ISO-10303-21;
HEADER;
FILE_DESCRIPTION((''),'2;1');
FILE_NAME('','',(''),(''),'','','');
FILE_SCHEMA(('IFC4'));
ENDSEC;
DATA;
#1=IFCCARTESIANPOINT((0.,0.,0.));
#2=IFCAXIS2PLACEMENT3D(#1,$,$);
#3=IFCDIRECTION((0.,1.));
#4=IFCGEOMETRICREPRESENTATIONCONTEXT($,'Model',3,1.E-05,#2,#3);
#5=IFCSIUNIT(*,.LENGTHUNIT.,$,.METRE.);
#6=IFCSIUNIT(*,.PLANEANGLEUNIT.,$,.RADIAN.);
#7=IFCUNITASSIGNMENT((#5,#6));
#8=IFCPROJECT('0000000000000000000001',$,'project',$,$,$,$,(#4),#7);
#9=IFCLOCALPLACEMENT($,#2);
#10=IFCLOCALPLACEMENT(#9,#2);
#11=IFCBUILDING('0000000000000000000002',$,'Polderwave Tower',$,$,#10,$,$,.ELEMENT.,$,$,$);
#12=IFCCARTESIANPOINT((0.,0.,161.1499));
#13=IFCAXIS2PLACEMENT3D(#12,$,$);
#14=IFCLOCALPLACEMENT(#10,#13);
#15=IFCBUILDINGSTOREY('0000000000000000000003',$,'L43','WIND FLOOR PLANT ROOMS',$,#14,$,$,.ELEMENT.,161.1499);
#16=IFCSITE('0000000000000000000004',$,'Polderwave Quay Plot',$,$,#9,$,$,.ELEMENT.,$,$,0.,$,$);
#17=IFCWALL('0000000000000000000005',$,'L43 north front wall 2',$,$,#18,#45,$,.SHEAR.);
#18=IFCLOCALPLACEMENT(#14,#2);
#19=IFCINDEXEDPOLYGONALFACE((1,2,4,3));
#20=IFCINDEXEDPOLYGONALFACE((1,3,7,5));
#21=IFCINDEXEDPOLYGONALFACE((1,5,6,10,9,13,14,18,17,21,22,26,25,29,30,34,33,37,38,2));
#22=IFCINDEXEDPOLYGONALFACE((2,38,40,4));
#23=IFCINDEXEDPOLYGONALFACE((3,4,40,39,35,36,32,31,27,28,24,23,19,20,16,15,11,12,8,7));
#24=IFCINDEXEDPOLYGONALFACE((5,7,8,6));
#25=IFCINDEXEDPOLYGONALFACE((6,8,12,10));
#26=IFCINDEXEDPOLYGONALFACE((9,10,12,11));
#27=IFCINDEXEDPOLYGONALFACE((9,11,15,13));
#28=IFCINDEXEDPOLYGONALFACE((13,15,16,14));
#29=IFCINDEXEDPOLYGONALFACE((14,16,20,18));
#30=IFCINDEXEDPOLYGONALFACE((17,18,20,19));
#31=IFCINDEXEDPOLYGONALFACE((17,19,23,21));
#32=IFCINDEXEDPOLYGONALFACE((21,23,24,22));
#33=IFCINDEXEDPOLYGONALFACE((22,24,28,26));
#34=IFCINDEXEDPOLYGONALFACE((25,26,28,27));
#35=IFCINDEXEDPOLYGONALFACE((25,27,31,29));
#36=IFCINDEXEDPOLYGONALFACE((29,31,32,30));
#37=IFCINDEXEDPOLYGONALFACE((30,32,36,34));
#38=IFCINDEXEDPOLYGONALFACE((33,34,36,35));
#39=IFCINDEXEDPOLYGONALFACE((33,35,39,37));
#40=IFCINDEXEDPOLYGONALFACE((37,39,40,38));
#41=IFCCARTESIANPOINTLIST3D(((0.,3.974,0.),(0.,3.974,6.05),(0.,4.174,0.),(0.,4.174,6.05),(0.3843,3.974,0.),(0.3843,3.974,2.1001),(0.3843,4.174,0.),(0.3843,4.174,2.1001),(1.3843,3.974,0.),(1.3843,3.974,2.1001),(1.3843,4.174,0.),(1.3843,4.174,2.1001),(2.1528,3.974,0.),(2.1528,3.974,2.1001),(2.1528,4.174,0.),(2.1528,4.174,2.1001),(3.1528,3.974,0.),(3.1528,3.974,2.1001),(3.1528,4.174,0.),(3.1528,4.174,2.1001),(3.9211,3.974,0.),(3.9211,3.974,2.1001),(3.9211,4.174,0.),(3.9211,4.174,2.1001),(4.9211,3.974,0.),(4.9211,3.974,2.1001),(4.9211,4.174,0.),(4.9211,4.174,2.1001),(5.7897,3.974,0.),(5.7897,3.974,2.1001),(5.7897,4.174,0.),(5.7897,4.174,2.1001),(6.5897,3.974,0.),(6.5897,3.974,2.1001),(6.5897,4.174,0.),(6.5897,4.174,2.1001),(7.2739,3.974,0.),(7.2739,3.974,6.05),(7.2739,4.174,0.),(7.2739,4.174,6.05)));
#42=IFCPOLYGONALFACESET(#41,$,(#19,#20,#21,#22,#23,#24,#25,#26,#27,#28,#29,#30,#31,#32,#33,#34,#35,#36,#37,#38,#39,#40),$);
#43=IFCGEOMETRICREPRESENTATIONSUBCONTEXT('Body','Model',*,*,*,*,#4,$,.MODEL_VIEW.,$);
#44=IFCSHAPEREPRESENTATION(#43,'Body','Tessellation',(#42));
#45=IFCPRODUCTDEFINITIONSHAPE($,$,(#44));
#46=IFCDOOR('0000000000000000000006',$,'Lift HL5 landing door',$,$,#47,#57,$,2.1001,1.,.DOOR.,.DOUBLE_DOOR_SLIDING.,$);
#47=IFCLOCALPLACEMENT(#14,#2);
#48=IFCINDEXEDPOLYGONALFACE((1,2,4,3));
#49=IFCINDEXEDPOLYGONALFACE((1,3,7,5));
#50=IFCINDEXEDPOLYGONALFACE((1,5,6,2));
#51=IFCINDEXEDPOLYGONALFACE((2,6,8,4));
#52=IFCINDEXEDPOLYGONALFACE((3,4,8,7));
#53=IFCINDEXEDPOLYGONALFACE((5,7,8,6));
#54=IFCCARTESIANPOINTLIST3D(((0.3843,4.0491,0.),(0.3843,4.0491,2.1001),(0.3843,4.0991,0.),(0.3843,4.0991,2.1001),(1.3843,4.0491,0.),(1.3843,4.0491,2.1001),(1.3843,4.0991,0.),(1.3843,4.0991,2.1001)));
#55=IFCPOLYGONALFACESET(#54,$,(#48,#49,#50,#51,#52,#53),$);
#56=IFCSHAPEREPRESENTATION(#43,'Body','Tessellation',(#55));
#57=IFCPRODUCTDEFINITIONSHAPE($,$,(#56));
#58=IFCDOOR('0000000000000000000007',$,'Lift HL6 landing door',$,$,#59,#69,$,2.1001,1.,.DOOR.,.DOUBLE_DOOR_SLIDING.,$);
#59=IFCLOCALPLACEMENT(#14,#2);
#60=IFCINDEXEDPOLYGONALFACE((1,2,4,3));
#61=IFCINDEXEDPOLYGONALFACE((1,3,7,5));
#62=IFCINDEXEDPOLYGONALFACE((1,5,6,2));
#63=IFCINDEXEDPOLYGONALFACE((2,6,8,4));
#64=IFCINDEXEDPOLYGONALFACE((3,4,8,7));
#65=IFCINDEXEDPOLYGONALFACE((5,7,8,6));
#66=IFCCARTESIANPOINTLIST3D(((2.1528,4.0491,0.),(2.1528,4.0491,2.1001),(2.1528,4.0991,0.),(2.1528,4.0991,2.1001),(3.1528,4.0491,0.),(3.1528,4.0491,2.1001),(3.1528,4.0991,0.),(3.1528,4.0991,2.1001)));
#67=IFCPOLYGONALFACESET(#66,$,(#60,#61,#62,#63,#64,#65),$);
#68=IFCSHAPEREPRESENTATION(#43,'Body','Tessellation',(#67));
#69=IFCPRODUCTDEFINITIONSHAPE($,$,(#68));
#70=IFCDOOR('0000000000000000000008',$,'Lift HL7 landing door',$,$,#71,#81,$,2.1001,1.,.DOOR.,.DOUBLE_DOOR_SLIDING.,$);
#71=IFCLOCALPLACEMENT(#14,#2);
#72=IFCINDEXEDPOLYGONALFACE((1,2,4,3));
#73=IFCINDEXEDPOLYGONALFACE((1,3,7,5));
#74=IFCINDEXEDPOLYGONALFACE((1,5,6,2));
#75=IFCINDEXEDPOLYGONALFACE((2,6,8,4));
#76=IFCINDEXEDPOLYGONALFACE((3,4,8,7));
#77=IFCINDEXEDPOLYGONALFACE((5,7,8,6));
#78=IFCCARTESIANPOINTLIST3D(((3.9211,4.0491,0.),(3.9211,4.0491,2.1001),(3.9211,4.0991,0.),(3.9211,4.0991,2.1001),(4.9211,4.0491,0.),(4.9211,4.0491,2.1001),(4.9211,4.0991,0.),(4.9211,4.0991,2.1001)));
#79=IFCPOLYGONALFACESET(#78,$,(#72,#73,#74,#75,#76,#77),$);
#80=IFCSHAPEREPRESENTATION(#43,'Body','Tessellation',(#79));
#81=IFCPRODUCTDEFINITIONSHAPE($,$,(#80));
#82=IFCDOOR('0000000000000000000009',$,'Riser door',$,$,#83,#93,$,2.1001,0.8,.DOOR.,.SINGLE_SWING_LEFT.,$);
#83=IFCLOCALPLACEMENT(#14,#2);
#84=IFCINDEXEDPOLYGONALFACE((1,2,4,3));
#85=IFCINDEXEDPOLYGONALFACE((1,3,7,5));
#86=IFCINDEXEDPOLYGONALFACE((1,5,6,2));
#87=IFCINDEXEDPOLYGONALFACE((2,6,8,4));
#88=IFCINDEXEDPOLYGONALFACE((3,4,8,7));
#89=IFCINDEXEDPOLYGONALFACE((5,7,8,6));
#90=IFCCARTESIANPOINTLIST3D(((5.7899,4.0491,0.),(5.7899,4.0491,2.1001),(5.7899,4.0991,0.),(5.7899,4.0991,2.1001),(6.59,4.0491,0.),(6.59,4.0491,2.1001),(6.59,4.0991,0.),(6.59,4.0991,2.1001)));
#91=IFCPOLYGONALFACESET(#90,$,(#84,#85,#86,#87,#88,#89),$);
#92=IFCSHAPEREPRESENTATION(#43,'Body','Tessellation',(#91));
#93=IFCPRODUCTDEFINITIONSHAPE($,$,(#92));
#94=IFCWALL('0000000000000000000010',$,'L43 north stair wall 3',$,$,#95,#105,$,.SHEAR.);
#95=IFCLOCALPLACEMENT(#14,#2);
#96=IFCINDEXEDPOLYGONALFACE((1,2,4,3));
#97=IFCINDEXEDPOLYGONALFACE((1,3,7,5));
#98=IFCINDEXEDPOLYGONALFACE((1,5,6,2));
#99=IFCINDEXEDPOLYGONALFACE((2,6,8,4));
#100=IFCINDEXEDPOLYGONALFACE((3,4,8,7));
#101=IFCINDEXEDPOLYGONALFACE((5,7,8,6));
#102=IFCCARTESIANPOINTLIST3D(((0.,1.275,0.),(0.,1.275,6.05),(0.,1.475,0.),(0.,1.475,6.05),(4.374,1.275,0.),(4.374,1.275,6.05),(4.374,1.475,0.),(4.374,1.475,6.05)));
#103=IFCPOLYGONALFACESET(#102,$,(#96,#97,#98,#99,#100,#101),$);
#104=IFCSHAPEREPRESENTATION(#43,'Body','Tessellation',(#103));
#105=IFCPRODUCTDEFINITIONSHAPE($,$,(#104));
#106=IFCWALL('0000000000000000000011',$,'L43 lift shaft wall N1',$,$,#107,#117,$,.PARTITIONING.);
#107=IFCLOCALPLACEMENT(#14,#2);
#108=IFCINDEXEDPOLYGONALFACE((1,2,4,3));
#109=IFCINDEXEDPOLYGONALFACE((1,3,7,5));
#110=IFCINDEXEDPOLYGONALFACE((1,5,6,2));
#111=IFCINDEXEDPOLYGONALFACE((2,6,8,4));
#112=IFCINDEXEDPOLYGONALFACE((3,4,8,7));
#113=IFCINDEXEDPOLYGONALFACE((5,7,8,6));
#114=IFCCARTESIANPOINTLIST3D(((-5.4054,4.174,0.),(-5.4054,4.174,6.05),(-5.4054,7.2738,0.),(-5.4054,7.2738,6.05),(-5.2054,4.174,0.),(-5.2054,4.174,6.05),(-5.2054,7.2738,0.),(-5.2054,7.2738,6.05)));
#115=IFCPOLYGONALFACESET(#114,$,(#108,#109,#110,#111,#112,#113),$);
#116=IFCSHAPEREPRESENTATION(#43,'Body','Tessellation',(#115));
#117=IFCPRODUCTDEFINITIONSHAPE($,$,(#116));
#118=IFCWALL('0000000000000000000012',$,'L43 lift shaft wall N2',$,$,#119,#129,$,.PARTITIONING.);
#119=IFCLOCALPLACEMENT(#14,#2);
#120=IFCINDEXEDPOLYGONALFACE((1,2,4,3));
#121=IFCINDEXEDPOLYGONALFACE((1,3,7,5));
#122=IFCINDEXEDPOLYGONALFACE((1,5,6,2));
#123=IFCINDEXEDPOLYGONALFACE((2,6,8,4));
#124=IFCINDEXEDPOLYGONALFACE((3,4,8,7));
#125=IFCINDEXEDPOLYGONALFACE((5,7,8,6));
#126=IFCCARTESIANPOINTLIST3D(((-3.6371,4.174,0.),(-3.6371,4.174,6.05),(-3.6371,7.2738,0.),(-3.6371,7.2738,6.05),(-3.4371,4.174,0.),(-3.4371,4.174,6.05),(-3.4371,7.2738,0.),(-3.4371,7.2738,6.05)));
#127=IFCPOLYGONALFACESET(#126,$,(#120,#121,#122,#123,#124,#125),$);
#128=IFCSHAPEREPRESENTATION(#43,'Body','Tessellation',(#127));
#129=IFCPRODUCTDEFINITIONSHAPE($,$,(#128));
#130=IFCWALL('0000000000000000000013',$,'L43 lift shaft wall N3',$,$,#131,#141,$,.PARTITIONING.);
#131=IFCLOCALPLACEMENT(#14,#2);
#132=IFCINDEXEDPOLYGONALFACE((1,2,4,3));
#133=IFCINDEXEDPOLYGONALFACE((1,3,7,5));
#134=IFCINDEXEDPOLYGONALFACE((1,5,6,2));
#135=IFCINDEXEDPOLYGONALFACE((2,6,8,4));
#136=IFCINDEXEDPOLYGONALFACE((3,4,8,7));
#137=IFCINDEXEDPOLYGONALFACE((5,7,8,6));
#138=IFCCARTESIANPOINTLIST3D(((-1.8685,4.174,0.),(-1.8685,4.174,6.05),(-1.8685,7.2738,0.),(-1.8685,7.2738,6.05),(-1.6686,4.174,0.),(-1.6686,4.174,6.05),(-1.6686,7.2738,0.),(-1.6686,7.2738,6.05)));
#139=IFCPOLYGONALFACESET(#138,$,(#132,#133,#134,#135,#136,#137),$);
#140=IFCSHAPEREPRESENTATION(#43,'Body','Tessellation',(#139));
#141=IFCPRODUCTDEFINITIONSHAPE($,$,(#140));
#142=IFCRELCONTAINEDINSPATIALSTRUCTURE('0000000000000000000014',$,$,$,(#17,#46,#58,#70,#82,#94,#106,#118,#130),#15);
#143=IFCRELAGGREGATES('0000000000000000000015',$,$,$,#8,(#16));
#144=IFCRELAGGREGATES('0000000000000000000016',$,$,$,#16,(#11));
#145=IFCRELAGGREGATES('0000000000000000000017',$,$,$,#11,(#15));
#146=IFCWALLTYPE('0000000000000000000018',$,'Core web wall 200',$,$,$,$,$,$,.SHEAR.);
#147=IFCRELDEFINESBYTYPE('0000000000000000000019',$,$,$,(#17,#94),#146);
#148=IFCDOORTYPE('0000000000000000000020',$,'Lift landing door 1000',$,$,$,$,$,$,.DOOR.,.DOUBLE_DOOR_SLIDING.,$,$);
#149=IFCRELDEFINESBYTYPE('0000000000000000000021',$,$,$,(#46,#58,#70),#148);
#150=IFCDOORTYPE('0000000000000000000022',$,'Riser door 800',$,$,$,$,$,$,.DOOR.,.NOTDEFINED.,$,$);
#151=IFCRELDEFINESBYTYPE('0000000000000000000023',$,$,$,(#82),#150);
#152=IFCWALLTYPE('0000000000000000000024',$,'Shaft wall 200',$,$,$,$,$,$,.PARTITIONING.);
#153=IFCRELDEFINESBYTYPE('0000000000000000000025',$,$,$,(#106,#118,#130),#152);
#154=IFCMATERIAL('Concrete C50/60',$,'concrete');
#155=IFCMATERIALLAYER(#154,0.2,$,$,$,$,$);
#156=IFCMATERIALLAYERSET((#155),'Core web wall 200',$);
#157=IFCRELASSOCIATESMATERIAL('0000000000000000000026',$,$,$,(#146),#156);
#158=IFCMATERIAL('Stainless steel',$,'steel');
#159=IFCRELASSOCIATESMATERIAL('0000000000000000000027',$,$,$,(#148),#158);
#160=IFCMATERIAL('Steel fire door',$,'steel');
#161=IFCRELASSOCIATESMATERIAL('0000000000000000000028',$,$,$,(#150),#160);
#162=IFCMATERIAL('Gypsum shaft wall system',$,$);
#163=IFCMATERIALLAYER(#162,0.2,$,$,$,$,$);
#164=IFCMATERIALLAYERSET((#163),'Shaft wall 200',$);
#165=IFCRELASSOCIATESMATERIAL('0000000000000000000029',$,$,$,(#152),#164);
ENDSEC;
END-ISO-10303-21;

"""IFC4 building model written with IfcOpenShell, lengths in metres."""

from ifc_helpers import new_model, si_unit, direction, frame, frame_2d, origin, place, context, subcontext, project, spatial, rectangle, extrude, material, layer, layer_set, type_object, element, fill, save


model = new_model("IFC4")

# Units and contexts
model_context = context("Model", 3, precision=1e-05, world=origin(), true_north=direction((0.0, 1.0)))
body_context = subcontext(model_context, "Body", "Model", "MODEL_VIEW")
ifc_project = project(units=[si_unit("LENGTHUNIT", "METRE"), si_unit("PLANEANGLEUNIT", "RADIAN")], contexts=[model_context])

# Site, building, storey
site_placement = place(None, origin())
site = spatial("IfcSite", under=ifc_project, at=site_placement, Name="Polderwave Quay Plot", CompositionType="ELEMENT", RefElevation=0.0)
building_placement = place(site_placement, origin())
building = spatial("IfcBuilding", under=site, at=building_placement, Name="Polderwave Tower", CompositionType="ELEMENT")
storey_placement = place(building_placement, frame((0.0, 0.0, 161.1499)))
storey = spatial("IfcBuildingStorey", under=building, at=storey_placement, Name="L43", Description="WIND FLOOR PLANT ROOMS", CompositionType="ELEMENT", Elevation=161.1499)

# Wall, openings, doors
ifc_material_1 = material(Name="Concrete C50/60", Category="concrete")
ifc_layer_1 = layer(ifc_material_1, 0.2)
ifc_layer_set_1 = layer_set([ifc_layer_1], Name="Core web wall 200")
wall_type_1 = type_object("IfcWallType", Name="Core web wall 200", PredefinedType="SHEAR", material=ifc_layer_set_1)
ifc_material_2 = material(Name="Stainless steel", Category="steel")
door_type_1 = type_object("IfcDoorType", Name="Lift landing door 1000", OperationType="DOUBLE_DOOR_SLIDING", PredefinedType="DOOR", material=ifc_material_2)
wall_1_placement = place(storey_placement, frame((0.0, 4.074, 0.0), z_axis=(0.0, 0.0, 1.0), x_axis=(1.0, 0.0, 0.0)))
wall_1 = element("IfcWall", 1, at=wall_1_placement, inside=storey, type_object=wall_type_1, Name="L43 north front wall 2", PredefinedType="SHEAR", context=body_context, shape_type="SweptSolid", body=[
    extrude(rectangle(XDim=7.2739, YDim=0.2, at=frame_2d((3.637, 0.0))), origin(), (0.0, 0.0, 1.0), 6.05),
])
opening_1_placement = place(wall_1_placement, frame((0.3843, 0.0, 0.0)))
opening_1 = element("IfcOpeningElement", 2, at=opening_1_placement, cuts=wall_1, PredefinedType="OPENING", context=body_context, shape_type="SweptSolid", body=[
    extrude(rectangle(XDim=1.0, YDim=2.1001, at=frame_2d((0.5, 1.05))), frame((0.0, 0.1099, 0.0), z_axis=(0.0, -1.0, 0.0), x_axis=(1.0, 0.0, 0.0)), (0.0, 0.0, 1.0), 0.22),
])
opening_2_placement = place(wall_1_placement, frame((2.1528, 0.0, 0.0)))
opening_2 = element("IfcOpeningElement", 3, at=opening_2_placement, cuts=wall_1, PredefinedType="OPENING", context=body_context, shape_type="SweptSolid", body=[
    extrude(rectangle(XDim=1.0, YDim=2.1001, at=frame_2d((0.5, 1.05))), frame((0.0, 0.1099, 0.0), z_axis=(0.0, -1.0, 0.0), x_axis=(1.0, 0.0, 0.0)), (0.0, 0.0, 1.0), 0.22),
])
opening_3_placement = place(wall_1_placement, frame((3.9211, 0.0, 0.0)))
opening_3 = element("IfcOpeningElement", 4, at=opening_3_placement, cuts=wall_1, PredefinedType="OPENING", context=body_context, shape_type="SweptSolid", body=[
    extrude(rectangle(XDim=1.0, YDim=2.1001, at=frame_2d((0.5, 1.05))), frame((0.0, 0.1099, 0.0), z_axis=(0.0, -1.0, 0.0), x_axis=(1.0, 0.0, 0.0)), (0.0, 0.0, 1.0), 0.22),
])
opening_4_placement = place(wall_1_placement, frame((5.7898, 0.0, 0.0)))
opening_4 = element("IfcOpeningElement", 5, at=opening_4_placement, cuts=wall_1, PredefinedType="OPENING", context=body_context, shape_type="SweptSolid", body=[
    extrude(rectangle(XDim=0.8, YDim=2.1001, at=frame_2d((0.3999, 1.05))), frame((0.0, 0.1099, 0.0), z_axis=(0.0, -1.0, 0.0), x_axis=(1.0, 0.0, 0.0)), (0.0, 0.0, 1.0), 0.22),
])
door_1_placement = place(opening_1_placement, frame((1.0, 0.0, 0.0), z_axis=(0.0, 0.0, 1.0), x_axis=(-1.0, 0.0, 0.0)))
door_1 = element("IfcDoor", 6, at=door_1_placement, inside=storey, type_object=door_type_1, Name="Lift HL5 landing door", OperationType="DOUBLE_DOOR_SLIDING", OverallHeight=2.1001, OverallWidth=1.0, PredefinedType="DOOR", context=body_context, shape_type="SweptSolid", body=[
    extrude(rectangle(XDim=1.0, YDim=2.1001, at=frame_2d((0.5, 1.05))), frame((0.0, 0.0249, 0.0), z_axis=(0.0, -1.0, 0.0), x_axis=(1.0, 0.0, 0.0)), (0.0, 0.0, 1.0), 0.05),
])
fill(opening_1, door_1)
door_2_placement = place(opening_2_placement, frame((1.0, 0.0, 0.0), z_axis=(0.0, 0.0, 1.0), x_axis=(-1.0, 0.0, 0.0)))
door_2 = element("IfcDoor", 7, at=door_2_placement, inside=storey, type_object=door_type_1, Name="Lift HL6 landing door", OperationType="DOUBLE_DOOR_SLIDING", OverallHeight=2.1001, OverallWidth=1.0, PredefinedType="DOOR", context=body_context, shape_type="SweptSolid", body=[
    extrude(rectangle(XDim=1.0, YDim=2.1001, at=frame_2d((0.5, 1.05))), frame((0.0, 0.0249, 0.0), z_axis=(0.0, -1.0, 0.0), x_axis=(1.0, 0.0, 0.0)), (0.0, 0.0, 1.0), 0.05),
])
fill(opening_2, door_2)
door_3_placement = place(opening_3_placement, frame((1.0, 0.0, 0.0), z_axis=(0.0, 0.0, 1.0), x_axis=(-1.0, 0.0, 0.0)))
door_3 = element("IfcDoor", 8, at=door_3_placement, inside=storey, type_object=door_type_1, Name="Lift HL7 landing door", OperationType="DOUBLE_DOOR_SLIDING", OverallHeight=2.1001, OverallWidth=1.0, PredefinedType="DOOR", context=body_context, shape_type="SweptSolid", body=[
    extrude(rectangle(XDim=1.0, YDim=2.1001, at=frame_2d((0.5, 1.05))), frame((0.0, 0.0249, 0.0), z_axis=(0.0, -1.0, 0.0), x_axis=(1.0, 0.0, 0.0)), (0.0, 0.0, 1.0), 0.05),
])
fill(opening_3, door_3)
ifc_material_3 = material(Name="Steel fire door", Category="steel")
door_type_2 = type_object("IfcDoorType", Name="Riser door 800", OperationType="NOTDEFINED", PredefinedType="DOOR", material=ifc_material_3)
door_4_placement = place(opening_4_placement, frame((0.8, 0.0, 0.0), z_axis=(0.0, 0.0, 1.0), x_axis=(-1.0, 0.0, 0.0)))
door_4 = element("IfcDoor", 9, at=door_4_placement, inside=storey, type_object=door_type_2, Name="Riser door", OperationType="SINGLE_SWING_LEFT", OverallHeight=2.1001, OverallWidth=0.8, PredefinedType="DOOR", context=body_context, shape_type="SweptSolid", body=[
    extrude(rectangle(XDim=0.8, YDim=2.1001, at=frame_2d((0.3999, 1.05))), frame((0.0, 0.0249, 0.0), z_axis=(0.0, -1.0, 0.0), x_axis=(1.0, 0.0, 0.0)), (0.0, 0.0, 1.0), 0.05),
])
fill(opening_4, door_4)

# Walls
wall_2_placement = place(storey_placement, frame((0.0, 1.375, 0.0), z_axis=(0.0, 0.0, 1.0), x_axis=(1.0, 0.0, 0.0)))
element("IfcWall", 10, at=wall_2_placement, inside=storey, type_object=wall_type_1, Name="L43 north stair wall 3", PredefinedType="SHEAR", context=body_context, shape_type="SweptSolid", body=[
    extrude(rectangle(XDim=4.374, YDim=0.2, at=frame_2d((2.187, 0.0))), origin(), (0.0, 0.0, 1.0), 6.05),
])
ifc_material_4 = material(Name="Gypsum shaft wall system")
ifc_layer_2 = layer(ifc_material_4, 0.2)
ifc_layer_set_2 = layer_set([ifc_layer_2], Name="Shaft wall 200")
wall_type_2 = type_object("IfcWallType", Name="Shaft wall 200", PredefinedType="PARTITIONING", material=ifc_layer_set_2)
for number, where, z_axis, x_axis, name in (
    (11, (-5.3054, 4.1741, 0.0), (0.0, 0.0, 1.0), (0.0, 1.0, 0.0), "L43 lift shaft wall N1"),
    (12, (-3.5371, 4.1741, 0.0), (0.0, 0.0, 1.0), (0.0, 1.0, 0.0), "L43 lift shaft wall N2"),
    (13, (-1.7686, 4.1741, 0.0), (0.0, 0.0, 1.0), (0.0, 1.0, 0.0), "L43 lift shaft wall N3"),
):
    element("IfcWall", number, at=place(storey_placement, frame(where, z_axis=z_axis, x_axis=x_axis)), inside=storey, type_object=wall_type_2, Name=name, PredefinedType="PARTITIONING", context=body_context, shape_type="SweptSolid", body=[
        extrude(rectangle(XDim=3.0999, YDim=0.2, at=frame_2d((1.5498, 0.0))), origin(), (0.0, 0.0, 1.0), 6.05),
    ])

save(model, "model.ifc")
